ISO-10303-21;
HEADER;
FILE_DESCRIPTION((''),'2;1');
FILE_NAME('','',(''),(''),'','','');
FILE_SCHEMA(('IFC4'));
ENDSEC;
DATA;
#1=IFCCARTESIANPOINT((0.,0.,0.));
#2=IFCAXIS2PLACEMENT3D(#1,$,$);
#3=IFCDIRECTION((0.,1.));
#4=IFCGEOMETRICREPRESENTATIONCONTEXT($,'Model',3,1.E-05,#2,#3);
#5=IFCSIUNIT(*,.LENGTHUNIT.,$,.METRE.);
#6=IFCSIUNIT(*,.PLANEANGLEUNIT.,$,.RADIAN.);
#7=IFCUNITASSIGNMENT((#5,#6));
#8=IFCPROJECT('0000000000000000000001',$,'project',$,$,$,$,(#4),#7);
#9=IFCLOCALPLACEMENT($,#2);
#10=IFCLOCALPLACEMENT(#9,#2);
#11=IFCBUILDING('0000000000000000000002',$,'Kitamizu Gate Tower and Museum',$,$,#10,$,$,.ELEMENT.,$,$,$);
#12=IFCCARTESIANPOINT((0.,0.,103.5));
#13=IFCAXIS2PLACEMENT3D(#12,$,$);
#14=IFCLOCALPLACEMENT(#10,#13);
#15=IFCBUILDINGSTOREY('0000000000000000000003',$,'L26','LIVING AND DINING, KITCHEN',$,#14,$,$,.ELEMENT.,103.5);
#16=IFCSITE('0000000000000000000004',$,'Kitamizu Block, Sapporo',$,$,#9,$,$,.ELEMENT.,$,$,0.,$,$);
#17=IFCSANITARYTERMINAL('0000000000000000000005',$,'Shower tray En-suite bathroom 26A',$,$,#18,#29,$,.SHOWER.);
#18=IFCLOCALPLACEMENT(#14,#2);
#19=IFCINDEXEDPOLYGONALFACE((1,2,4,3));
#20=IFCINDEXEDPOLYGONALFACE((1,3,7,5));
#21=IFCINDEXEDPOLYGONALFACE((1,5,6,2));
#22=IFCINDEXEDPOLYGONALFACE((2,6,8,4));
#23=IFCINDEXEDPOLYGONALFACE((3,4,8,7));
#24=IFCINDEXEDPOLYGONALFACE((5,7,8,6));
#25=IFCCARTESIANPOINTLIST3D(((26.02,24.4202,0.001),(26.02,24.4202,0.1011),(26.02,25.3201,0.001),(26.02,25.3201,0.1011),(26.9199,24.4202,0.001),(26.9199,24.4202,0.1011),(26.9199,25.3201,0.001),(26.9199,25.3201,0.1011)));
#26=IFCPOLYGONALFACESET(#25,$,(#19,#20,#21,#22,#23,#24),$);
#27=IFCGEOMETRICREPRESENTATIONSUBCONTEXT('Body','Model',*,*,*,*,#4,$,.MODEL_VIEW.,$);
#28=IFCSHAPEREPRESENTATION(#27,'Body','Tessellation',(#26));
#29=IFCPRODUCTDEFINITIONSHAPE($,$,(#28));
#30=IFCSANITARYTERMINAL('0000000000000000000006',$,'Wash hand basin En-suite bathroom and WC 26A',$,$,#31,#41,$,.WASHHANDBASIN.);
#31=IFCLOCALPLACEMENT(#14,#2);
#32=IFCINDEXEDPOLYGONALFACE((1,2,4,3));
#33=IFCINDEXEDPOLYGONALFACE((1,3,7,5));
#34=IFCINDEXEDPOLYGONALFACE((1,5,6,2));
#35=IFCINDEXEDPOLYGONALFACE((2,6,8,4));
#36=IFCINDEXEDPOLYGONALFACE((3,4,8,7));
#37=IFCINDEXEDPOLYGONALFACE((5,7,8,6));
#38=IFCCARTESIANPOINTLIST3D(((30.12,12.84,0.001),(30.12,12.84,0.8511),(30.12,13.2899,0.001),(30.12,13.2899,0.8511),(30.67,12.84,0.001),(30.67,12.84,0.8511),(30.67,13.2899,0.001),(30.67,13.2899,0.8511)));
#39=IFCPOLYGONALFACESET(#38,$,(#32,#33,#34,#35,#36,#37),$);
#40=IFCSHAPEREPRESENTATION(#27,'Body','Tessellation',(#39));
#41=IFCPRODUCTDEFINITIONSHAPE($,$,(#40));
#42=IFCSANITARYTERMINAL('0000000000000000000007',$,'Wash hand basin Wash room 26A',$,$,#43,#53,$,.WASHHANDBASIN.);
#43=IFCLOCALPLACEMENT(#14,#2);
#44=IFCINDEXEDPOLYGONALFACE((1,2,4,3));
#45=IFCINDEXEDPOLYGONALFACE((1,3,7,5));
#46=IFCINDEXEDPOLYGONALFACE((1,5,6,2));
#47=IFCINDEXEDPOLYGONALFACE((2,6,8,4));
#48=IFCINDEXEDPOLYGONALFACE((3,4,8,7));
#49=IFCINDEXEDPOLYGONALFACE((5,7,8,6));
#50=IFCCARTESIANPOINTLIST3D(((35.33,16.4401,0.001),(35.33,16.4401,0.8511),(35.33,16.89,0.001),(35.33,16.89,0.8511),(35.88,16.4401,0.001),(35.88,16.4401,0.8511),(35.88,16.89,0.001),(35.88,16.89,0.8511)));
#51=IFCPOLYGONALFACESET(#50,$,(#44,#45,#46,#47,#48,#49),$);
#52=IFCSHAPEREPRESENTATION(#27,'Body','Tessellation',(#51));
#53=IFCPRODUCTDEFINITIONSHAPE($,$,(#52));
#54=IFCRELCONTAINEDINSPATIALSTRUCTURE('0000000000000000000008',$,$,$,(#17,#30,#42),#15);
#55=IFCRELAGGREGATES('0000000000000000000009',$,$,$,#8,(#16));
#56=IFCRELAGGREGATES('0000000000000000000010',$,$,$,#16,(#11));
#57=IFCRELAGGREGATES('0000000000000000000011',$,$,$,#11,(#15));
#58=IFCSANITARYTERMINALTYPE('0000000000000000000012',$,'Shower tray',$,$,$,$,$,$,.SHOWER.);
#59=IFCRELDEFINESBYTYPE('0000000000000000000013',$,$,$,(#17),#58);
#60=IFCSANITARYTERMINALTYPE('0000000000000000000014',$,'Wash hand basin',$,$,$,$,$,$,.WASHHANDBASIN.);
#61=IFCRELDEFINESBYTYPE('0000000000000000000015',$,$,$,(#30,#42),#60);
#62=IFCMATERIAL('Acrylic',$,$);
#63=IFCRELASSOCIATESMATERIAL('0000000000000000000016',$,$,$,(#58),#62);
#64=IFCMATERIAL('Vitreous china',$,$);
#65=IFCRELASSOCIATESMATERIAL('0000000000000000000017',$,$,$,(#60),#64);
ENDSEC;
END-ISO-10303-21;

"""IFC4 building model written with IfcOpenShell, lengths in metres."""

from ifc_helpers import new_model, si_unit, direction, frame, origin, origin_2d, place, context, subcontext, project, spatial, rectangle, extrude, material, type_object, element, save


model = new_model("IFC4")

# Units and contexts
model_context = context("Model", 3, precision=1e-05, world=origin(), true_north=direction((0.0, 1.0)))
body_context = subcontext(model_context, "Body", "Model", "MODEL_VIEW")
ifc_project = project(units=[si_unit("LENGTHUNIT", "METRE"), si_unit("PLANEANGLEUNIT", "RADIAN")], contexts=[model_context])

# Site, building, storey
site_placement = place(None, origin())
site = spatial("IfcSite", under=ifc_project, at=site_placement, Name="Kitamizu Block, Sapporo", CompositionType="ELEMENT", RefElevation=0.0)
building_placement = place(site_placement, origin())
building = spatial("IfcBuilding", under=site, at=building_placement, Name="Kitamizu Gate Tower and Museum", CompositionType="ELEMENT")
storey_placement = place(building_placement, frame((0.0, 0.0, 103.5)))
storey = spatial("IfcBuildingStorey", under=building, at=storey_placement, Name="L26", Description="LIVING AND DINING, KITCHEN", CompositionType="ELEMENT", Elevation=103.5)

# Sanitary terminals
ifc_material_1 = material(Name="Acrylic")
sanitary_terminal_type_1 = type_object("IfcSanitaryTerminalType", Name="Shower tray", PredefinedType="SHOWER", material=ifc_material_1)
for number, where, z_axis, x_axis, name in (
    (1, (26.47, 24.8701, 0.001), (0.0, 0.0, 1.0), (1.0, 0.0, 0.0), "Shower tray En-suite bathroom 26A"),
):
    element("IfcSanitaryTerminal", number, at=place(storey_placement, frame(where, z_axis=z_axis, x_axis=x_axis)), inside=storey, type_object=sanitary_terminal_type_1, Name=name, PredefinedType="SHOWER", context=body_context, shape_type="SweptSolid", body=[
        extrude(rectangle(XDim=0.8999, YDim=0.8999, at=origin_2d()), origin(), (0.0, 0.0, 1.0), 0.1001),
    ])
ifc_material_2 = material(Name="Vitreous china")
sanitary_terminal_type_2 = type_object("IfcSanitaryTerminalType", Name="Wash hand basin", PredefinedType="WASHHANDBASIN", material=ifc_material_2)
for number, where, z_axis, x_axis, name in (
    (2, (30.395, 13.0649, 0.001), (0.0, 0.0, 1.0), (1.0, 0.0, 0.0), "Wash hand basin En-suite bathroom and WC 26A"),
    (3, (35.605, 16.665, 0.001), (0.0, 0.0, 1.0), (1.0, 0.0, 0.0), "Wash hand basin Wash room 26A"),
):
    element("IfcSanitaryTerminal", number, at=place(storey_placement, frame(where, z_axis=z_axis, x_axis=x_axis)), inside=storey, type_object=sanitary_terminal_type_2, Name=name, PredefinedType="WASHHANDBASIN", context=body_context, shape_type="SweptSolid", body=[
        extrude(rectangle(XDim=0.55, YDim=0.45, at=origin_2d()), origin(), (0.0, 0.0, 1.0), 0.8501),
    ])

save(model, "model.ifc")
